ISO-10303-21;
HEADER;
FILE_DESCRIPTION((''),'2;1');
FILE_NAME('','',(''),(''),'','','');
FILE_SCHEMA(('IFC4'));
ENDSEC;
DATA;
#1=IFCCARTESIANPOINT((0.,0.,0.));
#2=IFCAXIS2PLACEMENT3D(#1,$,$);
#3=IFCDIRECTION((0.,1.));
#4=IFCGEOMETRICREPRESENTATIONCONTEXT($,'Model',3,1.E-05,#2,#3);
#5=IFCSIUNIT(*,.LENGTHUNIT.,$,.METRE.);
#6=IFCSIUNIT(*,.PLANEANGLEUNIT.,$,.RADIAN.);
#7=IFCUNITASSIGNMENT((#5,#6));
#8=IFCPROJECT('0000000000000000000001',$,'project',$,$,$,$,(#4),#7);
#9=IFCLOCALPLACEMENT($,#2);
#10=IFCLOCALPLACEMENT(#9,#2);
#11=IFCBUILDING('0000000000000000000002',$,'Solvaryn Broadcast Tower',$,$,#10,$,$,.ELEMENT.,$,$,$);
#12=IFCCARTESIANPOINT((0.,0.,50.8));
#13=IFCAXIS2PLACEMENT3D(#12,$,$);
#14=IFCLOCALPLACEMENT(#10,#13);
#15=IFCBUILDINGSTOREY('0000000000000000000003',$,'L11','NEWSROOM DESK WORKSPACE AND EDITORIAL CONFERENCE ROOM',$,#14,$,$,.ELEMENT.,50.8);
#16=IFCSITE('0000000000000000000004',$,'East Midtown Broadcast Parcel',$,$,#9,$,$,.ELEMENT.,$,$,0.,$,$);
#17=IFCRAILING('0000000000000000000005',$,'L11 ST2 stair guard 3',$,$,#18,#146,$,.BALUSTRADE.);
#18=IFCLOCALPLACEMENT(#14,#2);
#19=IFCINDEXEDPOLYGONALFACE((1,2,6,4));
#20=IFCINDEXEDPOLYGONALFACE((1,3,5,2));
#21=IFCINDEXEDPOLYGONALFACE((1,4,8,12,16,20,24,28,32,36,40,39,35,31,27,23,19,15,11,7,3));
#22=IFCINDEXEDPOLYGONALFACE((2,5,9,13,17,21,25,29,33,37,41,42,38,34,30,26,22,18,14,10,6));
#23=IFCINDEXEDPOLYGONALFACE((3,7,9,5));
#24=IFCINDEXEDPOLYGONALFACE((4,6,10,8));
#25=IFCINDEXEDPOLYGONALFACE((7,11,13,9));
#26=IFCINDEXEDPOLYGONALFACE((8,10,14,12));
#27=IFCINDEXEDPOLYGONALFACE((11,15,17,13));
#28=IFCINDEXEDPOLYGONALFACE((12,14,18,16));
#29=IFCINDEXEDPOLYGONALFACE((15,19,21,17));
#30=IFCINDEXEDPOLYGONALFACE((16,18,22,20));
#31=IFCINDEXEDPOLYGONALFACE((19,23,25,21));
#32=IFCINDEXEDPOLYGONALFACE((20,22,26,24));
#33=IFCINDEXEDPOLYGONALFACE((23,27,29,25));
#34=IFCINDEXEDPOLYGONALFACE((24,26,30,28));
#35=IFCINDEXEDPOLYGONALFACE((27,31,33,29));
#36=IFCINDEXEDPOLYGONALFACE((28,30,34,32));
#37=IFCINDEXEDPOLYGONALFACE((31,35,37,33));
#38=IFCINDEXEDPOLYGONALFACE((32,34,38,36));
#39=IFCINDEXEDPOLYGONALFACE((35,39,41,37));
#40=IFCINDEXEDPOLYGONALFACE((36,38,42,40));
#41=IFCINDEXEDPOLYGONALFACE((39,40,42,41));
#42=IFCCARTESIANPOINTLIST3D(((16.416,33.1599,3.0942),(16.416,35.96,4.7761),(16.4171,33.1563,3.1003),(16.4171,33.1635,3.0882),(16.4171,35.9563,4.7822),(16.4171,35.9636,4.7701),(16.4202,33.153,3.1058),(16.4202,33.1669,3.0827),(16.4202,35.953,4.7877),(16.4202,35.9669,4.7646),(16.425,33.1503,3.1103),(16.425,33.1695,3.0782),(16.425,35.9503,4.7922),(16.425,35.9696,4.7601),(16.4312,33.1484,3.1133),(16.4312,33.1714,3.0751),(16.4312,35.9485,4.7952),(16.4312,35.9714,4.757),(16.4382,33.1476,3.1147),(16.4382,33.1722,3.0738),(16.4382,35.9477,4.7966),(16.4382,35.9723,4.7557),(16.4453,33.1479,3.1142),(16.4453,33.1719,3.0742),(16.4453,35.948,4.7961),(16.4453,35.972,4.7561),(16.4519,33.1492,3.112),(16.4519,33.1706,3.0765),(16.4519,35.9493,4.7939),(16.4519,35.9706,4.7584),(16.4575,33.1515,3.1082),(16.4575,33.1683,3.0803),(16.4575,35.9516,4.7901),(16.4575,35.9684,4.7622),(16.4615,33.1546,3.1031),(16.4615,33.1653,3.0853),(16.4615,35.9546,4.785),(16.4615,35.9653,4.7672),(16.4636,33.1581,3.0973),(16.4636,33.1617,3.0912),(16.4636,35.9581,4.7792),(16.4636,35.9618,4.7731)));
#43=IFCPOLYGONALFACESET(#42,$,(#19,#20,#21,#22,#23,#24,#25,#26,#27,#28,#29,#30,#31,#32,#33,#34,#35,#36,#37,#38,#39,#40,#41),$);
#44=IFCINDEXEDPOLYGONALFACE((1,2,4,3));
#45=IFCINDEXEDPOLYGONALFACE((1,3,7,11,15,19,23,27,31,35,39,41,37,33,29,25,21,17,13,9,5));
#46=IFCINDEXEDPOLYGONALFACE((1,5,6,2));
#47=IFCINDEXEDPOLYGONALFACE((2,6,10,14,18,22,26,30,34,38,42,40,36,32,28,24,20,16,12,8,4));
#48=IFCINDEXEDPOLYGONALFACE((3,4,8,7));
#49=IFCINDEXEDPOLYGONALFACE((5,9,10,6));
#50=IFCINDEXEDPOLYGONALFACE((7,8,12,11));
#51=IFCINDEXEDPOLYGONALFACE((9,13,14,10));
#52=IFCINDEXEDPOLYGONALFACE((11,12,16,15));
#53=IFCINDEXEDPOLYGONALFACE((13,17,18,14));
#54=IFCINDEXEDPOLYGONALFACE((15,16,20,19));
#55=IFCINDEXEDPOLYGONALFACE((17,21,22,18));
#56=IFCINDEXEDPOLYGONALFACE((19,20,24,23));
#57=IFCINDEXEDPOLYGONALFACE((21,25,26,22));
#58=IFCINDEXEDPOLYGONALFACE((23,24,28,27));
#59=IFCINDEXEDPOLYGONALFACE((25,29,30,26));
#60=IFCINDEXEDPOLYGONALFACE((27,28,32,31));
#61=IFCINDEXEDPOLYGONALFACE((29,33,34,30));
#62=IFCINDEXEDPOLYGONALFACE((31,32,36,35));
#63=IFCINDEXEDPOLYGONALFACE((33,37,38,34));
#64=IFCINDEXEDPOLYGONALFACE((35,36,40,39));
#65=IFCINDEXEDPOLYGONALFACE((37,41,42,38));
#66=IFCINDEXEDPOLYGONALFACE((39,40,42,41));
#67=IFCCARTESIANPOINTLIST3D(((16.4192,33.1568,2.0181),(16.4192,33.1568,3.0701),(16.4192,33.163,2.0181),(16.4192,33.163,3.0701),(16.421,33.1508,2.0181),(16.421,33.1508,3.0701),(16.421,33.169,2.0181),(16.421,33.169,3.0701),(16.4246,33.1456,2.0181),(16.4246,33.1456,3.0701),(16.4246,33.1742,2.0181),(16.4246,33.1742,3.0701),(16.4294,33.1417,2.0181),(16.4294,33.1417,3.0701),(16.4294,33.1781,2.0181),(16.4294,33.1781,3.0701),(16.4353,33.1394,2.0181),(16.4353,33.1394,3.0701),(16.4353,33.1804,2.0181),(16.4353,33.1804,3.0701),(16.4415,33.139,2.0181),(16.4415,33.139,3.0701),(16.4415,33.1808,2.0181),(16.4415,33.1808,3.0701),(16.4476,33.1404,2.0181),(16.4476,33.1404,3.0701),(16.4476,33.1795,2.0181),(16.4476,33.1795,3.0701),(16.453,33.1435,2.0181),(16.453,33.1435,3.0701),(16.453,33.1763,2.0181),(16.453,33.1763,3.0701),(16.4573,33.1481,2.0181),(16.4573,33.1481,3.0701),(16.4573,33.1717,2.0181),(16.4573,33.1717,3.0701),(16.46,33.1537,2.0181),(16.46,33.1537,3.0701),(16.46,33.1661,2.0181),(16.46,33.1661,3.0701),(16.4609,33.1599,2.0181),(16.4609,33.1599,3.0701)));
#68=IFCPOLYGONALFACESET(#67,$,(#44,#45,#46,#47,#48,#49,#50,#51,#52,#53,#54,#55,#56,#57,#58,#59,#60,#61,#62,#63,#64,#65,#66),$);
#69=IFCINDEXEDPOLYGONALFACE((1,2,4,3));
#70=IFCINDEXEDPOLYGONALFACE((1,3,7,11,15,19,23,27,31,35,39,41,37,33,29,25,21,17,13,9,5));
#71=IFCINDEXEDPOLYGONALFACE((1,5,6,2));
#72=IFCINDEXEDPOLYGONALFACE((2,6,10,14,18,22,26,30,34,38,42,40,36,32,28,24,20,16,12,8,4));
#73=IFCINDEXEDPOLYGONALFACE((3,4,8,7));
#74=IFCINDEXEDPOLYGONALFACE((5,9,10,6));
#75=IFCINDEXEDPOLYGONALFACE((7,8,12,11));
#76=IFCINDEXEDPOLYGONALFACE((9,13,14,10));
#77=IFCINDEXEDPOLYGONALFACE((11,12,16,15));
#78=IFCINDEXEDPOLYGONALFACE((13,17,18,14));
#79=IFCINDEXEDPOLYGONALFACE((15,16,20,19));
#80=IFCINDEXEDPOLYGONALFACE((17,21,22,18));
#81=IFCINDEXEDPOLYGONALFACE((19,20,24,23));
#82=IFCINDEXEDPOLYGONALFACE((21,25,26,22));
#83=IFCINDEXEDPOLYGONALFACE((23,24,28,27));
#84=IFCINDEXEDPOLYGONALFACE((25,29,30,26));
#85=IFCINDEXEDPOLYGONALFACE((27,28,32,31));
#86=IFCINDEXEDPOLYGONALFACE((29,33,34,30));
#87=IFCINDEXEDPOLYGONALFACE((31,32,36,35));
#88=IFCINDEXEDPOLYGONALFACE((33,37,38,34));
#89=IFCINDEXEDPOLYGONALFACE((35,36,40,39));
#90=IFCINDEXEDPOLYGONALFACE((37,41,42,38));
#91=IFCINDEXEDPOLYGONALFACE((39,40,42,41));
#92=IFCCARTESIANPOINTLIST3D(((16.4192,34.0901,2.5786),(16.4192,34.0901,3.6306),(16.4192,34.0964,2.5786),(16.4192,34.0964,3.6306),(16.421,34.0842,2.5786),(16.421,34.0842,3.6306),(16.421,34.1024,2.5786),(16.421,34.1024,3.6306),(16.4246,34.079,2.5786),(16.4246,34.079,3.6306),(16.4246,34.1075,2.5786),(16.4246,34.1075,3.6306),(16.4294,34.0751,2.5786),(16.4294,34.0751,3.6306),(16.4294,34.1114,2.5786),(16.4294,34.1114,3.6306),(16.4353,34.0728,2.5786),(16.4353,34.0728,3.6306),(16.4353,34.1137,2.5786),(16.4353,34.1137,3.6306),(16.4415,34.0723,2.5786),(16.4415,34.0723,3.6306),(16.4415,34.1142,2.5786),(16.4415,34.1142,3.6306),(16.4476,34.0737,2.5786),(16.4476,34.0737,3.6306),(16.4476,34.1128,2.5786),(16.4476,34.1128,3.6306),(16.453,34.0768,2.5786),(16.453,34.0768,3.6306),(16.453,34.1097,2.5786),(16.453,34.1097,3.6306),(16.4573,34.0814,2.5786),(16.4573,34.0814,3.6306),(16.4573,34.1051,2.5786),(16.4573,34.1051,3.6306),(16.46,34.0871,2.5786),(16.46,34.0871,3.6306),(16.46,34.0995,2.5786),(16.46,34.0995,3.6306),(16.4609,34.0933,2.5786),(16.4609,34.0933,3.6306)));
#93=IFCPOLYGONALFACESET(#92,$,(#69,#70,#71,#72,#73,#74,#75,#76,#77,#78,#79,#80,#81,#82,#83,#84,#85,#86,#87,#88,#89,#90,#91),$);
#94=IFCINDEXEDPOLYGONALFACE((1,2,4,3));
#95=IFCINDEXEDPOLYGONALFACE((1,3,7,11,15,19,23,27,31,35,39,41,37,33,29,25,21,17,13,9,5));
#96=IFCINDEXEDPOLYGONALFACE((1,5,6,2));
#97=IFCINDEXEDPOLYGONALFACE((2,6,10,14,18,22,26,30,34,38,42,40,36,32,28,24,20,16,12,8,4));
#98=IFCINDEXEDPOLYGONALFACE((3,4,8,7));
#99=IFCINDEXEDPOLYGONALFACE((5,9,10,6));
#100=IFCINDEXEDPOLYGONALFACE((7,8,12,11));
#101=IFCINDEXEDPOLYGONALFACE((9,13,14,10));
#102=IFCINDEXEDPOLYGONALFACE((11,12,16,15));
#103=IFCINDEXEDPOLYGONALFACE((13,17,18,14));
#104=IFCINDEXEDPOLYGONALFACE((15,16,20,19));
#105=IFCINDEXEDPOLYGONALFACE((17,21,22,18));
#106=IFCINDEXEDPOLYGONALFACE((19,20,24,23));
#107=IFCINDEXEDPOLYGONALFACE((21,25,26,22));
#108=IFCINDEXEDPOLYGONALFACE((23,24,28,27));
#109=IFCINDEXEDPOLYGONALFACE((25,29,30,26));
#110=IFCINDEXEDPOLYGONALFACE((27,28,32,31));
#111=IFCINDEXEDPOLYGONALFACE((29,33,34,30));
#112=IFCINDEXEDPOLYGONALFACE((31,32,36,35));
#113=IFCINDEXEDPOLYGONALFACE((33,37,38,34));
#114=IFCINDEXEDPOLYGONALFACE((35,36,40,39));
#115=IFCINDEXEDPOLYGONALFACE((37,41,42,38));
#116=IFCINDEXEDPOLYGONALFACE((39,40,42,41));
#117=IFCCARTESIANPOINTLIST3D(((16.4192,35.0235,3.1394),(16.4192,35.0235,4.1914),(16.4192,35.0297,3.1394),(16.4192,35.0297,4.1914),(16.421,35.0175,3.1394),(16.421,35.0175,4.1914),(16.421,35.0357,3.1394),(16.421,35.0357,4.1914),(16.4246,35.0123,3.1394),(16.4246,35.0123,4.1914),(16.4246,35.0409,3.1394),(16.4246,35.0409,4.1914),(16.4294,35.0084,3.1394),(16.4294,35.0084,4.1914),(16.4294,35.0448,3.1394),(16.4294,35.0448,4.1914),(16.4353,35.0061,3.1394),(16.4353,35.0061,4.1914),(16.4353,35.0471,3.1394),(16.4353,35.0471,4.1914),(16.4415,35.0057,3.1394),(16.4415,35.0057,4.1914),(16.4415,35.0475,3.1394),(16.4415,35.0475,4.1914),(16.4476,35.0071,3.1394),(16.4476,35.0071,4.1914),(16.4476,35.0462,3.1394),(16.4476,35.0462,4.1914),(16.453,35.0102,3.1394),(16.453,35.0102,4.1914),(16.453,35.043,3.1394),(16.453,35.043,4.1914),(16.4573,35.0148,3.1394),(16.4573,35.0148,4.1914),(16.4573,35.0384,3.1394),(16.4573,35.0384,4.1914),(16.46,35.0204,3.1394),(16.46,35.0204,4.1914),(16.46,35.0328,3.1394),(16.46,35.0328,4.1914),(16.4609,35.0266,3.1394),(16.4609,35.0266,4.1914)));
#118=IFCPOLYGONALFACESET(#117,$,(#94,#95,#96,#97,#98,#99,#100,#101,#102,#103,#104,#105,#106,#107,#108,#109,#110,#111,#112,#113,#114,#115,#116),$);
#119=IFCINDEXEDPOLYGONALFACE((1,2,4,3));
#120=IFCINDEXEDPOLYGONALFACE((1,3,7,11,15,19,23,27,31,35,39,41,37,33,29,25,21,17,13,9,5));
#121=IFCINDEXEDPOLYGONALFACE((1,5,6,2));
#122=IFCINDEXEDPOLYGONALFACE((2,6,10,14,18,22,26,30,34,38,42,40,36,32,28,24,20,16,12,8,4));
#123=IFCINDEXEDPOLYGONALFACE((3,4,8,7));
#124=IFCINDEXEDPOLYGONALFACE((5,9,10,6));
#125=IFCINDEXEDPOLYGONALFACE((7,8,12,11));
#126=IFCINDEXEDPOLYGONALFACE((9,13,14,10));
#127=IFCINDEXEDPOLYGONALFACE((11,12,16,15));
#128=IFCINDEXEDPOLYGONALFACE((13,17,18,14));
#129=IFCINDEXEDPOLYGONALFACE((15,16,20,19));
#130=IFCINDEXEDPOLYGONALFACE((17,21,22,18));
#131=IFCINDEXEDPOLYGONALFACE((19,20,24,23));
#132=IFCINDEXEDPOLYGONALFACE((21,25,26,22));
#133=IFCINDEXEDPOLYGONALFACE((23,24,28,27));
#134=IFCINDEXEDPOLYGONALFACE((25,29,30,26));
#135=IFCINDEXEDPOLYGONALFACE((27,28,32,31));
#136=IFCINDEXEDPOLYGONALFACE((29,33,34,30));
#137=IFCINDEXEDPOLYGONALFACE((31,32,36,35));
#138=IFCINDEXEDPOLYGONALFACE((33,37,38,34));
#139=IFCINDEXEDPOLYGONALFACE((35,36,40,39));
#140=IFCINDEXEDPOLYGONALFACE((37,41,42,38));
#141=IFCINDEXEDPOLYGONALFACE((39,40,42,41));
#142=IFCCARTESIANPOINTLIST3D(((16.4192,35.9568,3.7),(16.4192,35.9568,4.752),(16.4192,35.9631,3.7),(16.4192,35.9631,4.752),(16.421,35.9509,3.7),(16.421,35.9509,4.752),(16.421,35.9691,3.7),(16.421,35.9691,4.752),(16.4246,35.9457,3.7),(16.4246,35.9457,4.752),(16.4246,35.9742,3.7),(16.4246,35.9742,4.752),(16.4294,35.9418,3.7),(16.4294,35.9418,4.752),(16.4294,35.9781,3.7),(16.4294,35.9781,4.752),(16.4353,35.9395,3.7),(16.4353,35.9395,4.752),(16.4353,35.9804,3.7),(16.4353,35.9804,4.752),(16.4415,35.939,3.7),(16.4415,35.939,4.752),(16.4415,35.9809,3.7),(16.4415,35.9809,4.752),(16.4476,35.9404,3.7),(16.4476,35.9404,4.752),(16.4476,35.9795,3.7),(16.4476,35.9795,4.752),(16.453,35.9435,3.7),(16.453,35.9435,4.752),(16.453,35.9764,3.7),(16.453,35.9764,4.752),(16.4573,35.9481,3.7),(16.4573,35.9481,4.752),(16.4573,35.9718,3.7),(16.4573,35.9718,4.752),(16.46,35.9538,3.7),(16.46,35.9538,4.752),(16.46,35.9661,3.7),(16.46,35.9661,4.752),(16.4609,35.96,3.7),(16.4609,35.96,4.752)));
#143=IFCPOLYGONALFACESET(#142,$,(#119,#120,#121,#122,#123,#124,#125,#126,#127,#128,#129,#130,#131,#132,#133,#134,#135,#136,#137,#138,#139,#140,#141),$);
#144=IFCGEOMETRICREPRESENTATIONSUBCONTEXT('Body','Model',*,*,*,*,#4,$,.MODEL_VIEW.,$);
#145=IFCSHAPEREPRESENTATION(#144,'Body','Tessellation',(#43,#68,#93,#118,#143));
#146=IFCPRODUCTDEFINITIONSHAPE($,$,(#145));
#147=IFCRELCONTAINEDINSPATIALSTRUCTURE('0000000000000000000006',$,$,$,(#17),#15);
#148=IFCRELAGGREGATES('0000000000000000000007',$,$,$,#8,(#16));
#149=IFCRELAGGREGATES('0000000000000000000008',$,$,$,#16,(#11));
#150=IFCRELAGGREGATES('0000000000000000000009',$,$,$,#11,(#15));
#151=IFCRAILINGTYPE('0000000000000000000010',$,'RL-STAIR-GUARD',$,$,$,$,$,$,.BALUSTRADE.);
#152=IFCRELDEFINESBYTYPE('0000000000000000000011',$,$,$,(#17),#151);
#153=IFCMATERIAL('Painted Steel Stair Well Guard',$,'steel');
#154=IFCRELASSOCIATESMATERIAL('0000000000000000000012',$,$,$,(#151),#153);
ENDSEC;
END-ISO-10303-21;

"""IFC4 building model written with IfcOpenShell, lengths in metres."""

from ifc_helpers import new_model, si_unit, direction, frame, origin, origin_2d, place, context, subcontext, project, spatial, circle, extrude, material, type_object, element, save


model = new_model("IFC4")

# Units and contexts
model_context = context("Model", 3, precision=1e-05, world=origin(), true_north=direction((0.0, 1.0)))
body_context = subcontext(model_context, "Body", "Model", "MODEL_VIEW")
ifc_project = project(units=[si_unit("LENGTHUNIT", "METRE"), si_unit("PLANEANGLEUNIT", "RADIAN")], contexts=[model_context])

# Site, building, storey
site_placement = place(None, origin())
site = spatial("IfcSite", under=ifc_project, at=site_placement, Name="East Midtown Broadcast Parcel", CompositionType="ELEMENT", RefElevation=0.0)
building_placement = place(site_placement, origin())
building = spatial("IfcBuilding", under=site, at=building_placement, Name="Solvaryn Broadcast Tower", CompositionType="ELEMENT")
storey_placement = place(building_placement, frame((0.0, 0.0, 50.8)))
storey = spatial("IfcBuildingStorey", under=building, at=storey_placement, Name="L11", Description="NEWSROOM DESK WORKSPACE AND EDITORIAL CONFERENCE ROOM", CompositionType="ELEMENT", Elevation=50.8)

# Railing
ifc_material_1 = material(Name="Painted Steel Stair Well Guard", Category="steel")
railing_type_1 = type_object("IfcRailingType", Name="RL-STAIR-GUARD", PredefinedType="BALUSTRADE", material=ifc_material_1)
railing_1_placement = place(storey_placement, frame((16.4399, 33.1599, 2.0181)))
element("IfcRailing", 1, at=railing_1_placement, inside=storey, type_object=railing_type_1, Name="L11 ST2 stair guard 3", PredefinedType="BALUSTRADE", context=body_context, shape_type="SweptSolid", body=[
    extrude(circle(Radius=0.0239, at=origin_2d()), frame((0.0, 0.0, 1.0762), z_axis=(0.0, 0.857242, 0.514913), x_axis=(-1.0, 0.0, 0.0)), (0.0, 0.0, 1.0), 3.2664),
    extrude(circle(Radius=0.021, at=origin_2d()), origin(), (0.0, 0.0, 1.0), 1.052),
    extrude(circle(Radius=0.021, at=origin_2d()), frame((0.0, 0.9333, 0.5605)), (0.0, 0.0, 1.0), 1.052),
    extrude(circle(Radius=0.021, at=origin_2d()), frame((0.0, 1.8667, 1.1213)), (0.0, 0.0, 1.0), 1.052),
    extrude(circle(Radius=0.021, at=origin_2d()), frame((0.0, 2.8, 1.6819)), (0.0, 0.0, 1.0), 1.052),
])

save(model, "model.ifc")
